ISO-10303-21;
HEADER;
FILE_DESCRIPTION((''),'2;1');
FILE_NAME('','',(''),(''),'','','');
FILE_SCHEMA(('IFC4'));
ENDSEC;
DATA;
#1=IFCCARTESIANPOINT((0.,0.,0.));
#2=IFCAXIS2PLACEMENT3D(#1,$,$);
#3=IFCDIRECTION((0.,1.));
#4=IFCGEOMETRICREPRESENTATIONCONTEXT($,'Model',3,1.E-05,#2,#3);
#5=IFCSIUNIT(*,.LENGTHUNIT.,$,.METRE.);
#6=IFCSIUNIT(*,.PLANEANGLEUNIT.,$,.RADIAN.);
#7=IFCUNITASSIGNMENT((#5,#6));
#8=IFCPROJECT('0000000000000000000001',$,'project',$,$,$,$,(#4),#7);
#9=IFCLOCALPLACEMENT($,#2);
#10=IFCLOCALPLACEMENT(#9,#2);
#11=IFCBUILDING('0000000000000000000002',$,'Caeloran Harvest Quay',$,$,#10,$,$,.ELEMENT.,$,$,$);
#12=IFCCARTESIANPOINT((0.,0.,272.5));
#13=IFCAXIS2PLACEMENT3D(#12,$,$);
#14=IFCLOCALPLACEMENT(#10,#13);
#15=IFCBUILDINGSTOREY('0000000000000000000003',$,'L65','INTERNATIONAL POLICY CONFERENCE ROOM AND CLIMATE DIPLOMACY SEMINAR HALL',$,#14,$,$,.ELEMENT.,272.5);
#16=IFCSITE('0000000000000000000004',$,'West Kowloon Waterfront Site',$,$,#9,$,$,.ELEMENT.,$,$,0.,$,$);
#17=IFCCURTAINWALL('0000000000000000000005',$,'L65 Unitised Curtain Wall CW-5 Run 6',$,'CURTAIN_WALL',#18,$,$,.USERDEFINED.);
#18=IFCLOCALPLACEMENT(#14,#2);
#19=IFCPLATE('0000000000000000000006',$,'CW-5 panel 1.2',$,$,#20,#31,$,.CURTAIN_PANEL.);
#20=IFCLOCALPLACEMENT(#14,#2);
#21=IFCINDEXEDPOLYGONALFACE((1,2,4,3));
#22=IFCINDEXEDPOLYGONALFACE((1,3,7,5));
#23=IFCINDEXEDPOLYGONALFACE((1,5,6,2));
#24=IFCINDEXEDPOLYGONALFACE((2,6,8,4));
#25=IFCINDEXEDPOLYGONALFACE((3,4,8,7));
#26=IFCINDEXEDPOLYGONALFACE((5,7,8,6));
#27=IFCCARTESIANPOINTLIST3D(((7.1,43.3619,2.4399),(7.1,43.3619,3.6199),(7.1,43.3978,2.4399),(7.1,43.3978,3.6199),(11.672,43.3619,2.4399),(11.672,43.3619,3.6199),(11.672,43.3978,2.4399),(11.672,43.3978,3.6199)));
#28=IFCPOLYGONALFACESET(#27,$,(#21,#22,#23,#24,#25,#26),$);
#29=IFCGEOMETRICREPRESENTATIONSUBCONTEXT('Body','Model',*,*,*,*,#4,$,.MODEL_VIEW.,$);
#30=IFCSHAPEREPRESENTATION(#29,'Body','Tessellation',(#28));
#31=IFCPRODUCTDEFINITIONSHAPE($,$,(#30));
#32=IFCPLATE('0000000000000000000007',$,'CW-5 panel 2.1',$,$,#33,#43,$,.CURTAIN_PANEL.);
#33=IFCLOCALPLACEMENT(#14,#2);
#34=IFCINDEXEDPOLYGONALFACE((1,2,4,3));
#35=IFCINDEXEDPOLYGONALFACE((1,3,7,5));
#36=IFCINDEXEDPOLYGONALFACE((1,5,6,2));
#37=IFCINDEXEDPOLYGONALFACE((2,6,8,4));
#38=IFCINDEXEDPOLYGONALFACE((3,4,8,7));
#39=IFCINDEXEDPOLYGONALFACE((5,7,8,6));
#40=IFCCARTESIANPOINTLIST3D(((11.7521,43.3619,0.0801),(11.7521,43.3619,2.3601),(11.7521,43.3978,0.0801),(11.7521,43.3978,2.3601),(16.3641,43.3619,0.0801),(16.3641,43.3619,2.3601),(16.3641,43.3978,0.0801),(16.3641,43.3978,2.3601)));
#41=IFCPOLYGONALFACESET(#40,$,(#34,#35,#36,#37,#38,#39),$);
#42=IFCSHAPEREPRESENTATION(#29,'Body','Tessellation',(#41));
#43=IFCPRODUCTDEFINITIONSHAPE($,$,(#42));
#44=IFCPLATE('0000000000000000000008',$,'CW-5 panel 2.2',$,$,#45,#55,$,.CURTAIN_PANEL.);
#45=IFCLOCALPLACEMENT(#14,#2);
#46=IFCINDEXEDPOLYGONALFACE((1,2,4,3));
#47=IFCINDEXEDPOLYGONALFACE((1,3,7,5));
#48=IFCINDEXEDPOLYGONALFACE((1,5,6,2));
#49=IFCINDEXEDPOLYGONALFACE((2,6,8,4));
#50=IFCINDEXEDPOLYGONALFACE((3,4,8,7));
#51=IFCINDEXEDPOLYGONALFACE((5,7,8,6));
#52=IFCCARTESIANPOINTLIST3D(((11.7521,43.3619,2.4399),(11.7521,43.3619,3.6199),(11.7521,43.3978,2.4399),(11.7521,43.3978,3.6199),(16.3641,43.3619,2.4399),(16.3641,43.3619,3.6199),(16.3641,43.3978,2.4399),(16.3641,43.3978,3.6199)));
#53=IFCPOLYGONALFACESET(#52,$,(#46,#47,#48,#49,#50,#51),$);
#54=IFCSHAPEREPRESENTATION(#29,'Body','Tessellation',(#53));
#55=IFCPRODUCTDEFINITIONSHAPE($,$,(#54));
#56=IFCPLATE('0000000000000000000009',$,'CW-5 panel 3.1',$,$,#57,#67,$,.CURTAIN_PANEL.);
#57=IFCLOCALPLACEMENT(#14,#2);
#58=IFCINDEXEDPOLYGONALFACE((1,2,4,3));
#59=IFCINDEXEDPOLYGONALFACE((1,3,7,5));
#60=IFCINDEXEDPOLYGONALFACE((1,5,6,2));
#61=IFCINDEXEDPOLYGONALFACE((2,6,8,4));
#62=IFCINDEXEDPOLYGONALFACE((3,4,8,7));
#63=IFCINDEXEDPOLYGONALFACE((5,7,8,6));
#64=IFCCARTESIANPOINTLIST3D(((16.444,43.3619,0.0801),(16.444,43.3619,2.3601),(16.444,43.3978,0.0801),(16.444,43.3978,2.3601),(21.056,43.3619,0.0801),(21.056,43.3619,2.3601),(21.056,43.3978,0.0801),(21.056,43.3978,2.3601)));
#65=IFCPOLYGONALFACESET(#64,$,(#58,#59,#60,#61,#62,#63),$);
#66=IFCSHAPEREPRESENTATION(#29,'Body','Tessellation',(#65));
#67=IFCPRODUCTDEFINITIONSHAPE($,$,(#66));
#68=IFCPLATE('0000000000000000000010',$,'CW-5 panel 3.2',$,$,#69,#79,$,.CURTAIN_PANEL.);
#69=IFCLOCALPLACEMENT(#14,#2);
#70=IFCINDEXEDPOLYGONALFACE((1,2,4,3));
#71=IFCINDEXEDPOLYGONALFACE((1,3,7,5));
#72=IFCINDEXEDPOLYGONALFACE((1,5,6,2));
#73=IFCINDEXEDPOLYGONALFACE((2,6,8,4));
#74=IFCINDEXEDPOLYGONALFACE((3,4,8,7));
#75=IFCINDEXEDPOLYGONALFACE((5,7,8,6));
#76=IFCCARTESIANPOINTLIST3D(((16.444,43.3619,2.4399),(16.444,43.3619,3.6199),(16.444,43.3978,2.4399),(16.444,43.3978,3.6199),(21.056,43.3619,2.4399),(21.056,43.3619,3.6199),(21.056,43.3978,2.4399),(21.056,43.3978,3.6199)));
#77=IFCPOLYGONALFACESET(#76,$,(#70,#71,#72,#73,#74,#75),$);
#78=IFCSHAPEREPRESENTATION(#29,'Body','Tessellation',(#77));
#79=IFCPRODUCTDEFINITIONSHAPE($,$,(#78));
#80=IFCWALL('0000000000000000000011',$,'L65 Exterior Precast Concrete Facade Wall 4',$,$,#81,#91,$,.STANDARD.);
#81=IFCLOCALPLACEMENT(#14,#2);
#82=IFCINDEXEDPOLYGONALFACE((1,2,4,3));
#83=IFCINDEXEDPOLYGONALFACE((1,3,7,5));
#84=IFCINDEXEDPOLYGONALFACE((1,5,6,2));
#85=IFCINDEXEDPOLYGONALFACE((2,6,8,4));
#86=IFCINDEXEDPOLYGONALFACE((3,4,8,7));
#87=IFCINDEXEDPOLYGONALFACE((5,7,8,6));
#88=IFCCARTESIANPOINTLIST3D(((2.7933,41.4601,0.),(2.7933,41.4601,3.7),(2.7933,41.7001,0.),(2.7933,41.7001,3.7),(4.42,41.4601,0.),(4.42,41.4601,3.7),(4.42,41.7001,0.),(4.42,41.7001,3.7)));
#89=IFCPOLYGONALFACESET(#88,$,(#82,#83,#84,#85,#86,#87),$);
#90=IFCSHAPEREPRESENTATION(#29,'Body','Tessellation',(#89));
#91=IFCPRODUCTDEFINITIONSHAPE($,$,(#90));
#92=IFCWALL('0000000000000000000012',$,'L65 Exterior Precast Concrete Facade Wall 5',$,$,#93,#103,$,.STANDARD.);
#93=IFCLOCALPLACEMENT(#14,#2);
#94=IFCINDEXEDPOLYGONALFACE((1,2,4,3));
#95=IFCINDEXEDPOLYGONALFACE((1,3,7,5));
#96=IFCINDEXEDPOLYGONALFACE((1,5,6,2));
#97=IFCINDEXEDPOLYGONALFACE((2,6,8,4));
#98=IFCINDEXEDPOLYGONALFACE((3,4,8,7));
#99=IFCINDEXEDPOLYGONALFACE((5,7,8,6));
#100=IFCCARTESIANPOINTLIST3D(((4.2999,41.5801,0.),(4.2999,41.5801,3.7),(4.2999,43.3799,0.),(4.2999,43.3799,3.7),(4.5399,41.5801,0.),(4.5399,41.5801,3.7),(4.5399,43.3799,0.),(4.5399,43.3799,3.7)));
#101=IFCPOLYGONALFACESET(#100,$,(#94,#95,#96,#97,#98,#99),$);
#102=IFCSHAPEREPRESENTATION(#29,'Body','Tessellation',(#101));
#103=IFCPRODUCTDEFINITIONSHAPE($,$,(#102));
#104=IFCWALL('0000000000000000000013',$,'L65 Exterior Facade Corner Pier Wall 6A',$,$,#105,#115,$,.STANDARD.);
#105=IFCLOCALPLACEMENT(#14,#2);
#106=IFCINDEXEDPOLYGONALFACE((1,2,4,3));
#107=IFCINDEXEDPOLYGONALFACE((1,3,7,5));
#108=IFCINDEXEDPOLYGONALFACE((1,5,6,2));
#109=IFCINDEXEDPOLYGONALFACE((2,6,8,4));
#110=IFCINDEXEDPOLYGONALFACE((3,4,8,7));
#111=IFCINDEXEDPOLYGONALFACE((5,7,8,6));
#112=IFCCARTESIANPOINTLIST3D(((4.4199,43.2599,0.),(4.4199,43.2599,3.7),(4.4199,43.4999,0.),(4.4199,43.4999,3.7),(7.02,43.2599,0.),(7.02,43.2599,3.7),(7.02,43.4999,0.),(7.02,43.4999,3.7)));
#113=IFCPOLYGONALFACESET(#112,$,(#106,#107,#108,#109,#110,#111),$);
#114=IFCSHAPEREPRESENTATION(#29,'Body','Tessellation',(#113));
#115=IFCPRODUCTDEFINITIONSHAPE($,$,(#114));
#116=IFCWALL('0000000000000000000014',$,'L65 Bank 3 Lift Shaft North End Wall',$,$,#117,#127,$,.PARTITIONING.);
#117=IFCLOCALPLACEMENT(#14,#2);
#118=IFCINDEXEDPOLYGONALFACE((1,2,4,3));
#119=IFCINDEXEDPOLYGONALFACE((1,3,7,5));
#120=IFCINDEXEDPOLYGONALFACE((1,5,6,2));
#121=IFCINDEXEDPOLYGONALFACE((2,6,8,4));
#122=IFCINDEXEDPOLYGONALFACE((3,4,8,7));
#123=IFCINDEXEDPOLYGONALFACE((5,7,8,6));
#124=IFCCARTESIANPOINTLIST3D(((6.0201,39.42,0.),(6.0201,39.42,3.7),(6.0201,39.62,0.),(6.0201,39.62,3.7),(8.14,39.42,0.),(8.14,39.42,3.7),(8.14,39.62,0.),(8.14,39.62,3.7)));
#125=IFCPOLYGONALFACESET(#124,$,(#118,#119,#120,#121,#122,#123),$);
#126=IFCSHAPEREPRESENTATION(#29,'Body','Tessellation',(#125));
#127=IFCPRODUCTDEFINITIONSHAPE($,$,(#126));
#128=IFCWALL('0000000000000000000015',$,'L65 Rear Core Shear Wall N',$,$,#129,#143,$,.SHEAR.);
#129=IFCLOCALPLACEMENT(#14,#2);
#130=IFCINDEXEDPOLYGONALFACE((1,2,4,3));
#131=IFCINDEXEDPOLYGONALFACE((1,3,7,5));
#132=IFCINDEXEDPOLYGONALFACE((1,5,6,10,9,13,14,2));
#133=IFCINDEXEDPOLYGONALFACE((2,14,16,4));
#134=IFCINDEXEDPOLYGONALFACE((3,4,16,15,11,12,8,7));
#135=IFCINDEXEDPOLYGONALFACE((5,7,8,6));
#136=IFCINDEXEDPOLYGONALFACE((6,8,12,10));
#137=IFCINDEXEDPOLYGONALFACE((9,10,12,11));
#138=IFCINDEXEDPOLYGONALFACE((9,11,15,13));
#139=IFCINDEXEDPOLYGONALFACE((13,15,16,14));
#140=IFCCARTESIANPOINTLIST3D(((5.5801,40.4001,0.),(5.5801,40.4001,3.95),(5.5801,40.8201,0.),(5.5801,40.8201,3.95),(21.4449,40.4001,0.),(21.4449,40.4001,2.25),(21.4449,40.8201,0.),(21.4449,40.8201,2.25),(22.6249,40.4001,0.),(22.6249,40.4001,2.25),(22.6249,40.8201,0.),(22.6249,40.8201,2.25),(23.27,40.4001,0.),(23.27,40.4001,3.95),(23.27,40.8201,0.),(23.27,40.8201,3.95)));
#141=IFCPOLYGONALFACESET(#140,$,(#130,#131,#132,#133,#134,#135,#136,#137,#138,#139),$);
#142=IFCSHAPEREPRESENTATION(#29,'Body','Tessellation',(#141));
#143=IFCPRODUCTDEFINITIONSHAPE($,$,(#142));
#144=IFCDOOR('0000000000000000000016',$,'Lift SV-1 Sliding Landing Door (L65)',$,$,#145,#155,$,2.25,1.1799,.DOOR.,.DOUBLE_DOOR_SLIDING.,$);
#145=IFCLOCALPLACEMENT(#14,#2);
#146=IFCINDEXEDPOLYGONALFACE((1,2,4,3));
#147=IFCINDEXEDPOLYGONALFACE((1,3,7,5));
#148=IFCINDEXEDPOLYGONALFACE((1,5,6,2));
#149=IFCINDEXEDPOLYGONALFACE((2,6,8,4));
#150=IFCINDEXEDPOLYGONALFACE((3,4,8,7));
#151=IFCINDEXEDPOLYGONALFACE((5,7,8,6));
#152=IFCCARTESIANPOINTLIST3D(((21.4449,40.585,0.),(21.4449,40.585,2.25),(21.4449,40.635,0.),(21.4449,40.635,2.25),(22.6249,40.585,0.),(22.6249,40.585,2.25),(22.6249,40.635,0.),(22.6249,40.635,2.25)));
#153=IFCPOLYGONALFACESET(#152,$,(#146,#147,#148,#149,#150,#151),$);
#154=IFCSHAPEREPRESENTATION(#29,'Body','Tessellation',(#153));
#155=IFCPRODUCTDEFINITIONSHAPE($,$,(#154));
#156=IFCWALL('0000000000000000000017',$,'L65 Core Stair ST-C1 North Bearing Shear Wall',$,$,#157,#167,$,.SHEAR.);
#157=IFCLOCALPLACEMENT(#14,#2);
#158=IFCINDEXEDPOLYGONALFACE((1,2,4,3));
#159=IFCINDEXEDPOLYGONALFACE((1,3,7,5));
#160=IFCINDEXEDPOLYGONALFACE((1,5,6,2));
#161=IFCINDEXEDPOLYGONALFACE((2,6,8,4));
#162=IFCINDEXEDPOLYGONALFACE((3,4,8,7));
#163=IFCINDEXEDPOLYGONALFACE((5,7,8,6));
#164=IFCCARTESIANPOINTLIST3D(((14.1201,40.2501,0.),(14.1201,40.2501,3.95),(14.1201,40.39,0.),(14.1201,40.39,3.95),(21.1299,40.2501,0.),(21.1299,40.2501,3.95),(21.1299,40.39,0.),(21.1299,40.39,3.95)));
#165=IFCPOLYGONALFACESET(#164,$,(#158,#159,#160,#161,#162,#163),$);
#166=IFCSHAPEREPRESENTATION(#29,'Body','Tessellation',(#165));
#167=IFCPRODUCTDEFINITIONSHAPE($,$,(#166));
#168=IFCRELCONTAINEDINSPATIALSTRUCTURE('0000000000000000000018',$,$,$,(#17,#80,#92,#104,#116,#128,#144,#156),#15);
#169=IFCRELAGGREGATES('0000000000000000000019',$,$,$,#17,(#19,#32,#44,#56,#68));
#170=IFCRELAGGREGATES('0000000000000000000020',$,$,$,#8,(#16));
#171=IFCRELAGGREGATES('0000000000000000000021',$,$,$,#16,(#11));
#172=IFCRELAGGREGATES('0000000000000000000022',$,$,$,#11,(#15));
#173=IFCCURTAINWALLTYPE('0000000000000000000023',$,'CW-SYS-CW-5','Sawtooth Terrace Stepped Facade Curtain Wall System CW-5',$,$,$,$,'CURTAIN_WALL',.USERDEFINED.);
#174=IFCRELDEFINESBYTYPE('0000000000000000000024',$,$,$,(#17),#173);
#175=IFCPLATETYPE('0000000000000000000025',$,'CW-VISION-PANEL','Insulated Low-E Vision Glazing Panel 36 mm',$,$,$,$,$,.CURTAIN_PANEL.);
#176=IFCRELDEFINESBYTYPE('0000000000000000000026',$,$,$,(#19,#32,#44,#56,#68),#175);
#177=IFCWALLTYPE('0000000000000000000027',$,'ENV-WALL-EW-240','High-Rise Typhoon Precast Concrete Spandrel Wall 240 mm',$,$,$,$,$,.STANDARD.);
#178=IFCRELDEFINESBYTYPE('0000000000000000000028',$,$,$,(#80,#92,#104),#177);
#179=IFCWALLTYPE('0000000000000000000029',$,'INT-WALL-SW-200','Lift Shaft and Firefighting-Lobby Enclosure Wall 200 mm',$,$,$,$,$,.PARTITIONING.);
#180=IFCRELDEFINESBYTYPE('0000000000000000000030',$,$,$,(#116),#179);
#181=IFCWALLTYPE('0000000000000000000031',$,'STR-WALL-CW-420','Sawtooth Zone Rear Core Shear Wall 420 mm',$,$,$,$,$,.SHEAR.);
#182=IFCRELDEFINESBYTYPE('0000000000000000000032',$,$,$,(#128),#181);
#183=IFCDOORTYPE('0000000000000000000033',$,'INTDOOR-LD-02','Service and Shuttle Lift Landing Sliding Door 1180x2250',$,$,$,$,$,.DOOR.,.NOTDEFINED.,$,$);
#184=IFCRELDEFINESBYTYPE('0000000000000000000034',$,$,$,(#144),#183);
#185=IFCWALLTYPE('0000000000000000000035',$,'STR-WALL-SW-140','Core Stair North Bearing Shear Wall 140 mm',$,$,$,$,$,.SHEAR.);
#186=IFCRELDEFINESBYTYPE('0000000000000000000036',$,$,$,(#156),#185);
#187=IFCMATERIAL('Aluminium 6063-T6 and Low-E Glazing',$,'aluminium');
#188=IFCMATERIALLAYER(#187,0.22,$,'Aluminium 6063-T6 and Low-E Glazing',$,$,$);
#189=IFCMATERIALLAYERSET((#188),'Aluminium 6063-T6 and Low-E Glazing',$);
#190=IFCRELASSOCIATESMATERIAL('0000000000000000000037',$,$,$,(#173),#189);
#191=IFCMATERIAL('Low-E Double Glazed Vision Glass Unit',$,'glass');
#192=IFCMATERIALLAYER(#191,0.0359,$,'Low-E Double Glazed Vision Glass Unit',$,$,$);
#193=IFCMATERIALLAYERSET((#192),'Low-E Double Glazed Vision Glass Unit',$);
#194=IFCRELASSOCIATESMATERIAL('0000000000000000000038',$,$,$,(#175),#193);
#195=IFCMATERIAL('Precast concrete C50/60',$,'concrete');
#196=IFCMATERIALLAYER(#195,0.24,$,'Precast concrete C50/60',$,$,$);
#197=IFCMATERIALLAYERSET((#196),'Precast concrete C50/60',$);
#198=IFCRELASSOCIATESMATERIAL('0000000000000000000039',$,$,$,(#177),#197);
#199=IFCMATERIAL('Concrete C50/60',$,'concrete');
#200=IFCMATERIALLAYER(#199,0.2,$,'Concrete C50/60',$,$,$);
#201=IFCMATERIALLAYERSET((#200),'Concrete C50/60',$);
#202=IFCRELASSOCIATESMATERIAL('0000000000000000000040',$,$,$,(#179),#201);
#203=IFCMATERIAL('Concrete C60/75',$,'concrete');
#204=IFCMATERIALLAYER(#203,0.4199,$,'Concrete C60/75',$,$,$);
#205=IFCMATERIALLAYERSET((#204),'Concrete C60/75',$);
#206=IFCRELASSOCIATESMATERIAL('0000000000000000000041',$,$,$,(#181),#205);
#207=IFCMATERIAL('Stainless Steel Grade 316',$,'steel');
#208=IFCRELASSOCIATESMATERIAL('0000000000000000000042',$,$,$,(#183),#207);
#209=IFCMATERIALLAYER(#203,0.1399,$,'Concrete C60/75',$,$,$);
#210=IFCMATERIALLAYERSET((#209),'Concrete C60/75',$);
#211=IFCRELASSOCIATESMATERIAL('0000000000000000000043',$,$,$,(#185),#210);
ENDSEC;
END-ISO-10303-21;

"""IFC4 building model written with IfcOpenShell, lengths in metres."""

from ifc_helpers import new_model, si_unit, direction, frame, frame_2d, origin, origin_2d, place, context, subcontext, project, spatial, rectangle, extrude, material, layer, layer_set, type_object, element, fill, aggregate, save


model = new_model("IFC4")

# Units and contexts
model_context = context("Model", 3, precision=1e-05, world=origin(), true_north=direction((0.0, 1.0)))
body_context = subcontext(model_context, "Body", "Model", "MODEL_VIEW")
ifc_project = project(units=[si_unit("LENGTHUNIT", "METRE"), si_unit("PLANEANGLEUNIT", "RADIAN")], contexts=[model_context])

# Site, building, storey
site_placement = place(None, origin())
site = spatial("IfcSite", under=ifc_project, at=site_placement, Name="West Kowloon Waterfront Site", CompositionType="ELEMENT", RefElevation=0.0)
building_placement = place(site_placement, origin())
building = spatial("IfcBuilding", under=site, at=building_placement, Name="Caeloran Harvest Quay", CompositionType="ELEMENT")
storey_placement = place(building_placement, frame((0.0, 0.0, 272.5)))
storey = spatial("IfcBuildingStorey", under=building, at=storey_placement, Name="L65", Description="INTERNATIONAL POLICY CONFERENCE ROOM AND CLIMATE DIPLOMACY SEMINAR HALL", CompositionType="ELEMENT", Elevation=272.5)

# Curtain wall, plates
ifc_material_1 = material(Name="Aluminium 6063-T6 and Low-E Glazing", Category="aluminium")
ifc_layer_1 = layer(ifc_material_1, 0.22, Name="Aluminium 6063-T6 and Low-E Glazing")
ifc_layer_set_1 = layer_set([ifc_layer_1], Name="Aluminium 6063-T6 and Low-E Glazing")
curtain_wall_type = type_object("IfcCurtainWallType", Name="CW-SYS-CW-5", Description="Sawtooth Terrace Stepped Facade Curtain Wall System CW-5", ElementType="CURTAIN_WALL", PredefinedType="USERDEFINED", material=ifc_layer_set_1)
curtain_wall_placement = place(storey_placement, origin())
curtain_wall = element("IfcCurtainWall", 1, at=curtain_wall_placement, inside=storey, type_object=curtain_wall_type, Name="L65 Unitised Curtain Wall CW-5 Run 6", ObjectType="CURTAIN_WALL", PredefinedType="USERDEFINED")
ifc_material_2 = material(Name="Low-E Double Glazed Vision Glass Unit", Category="glass")
ifc_layer_2 = layer(ifc_material_2, 0.0359, Name="Low-E Double Glazed Vision Glass Unit")
ifc_layer_set_2 = layer_set([ifc_layer_2], Name="Low-E Double Glazed Vision Glass Unit")
plate_type = type_object("IfcPlateType", Name="CW-VISION-PANEL", Description="Insulated Low-E Vision Glazing Panel 36 mm", PredefinedType="CURTAIN_PANEL", material=ifc_layer_set_2)
plate_1_placement = place(storey_placement, frame((9.386, 43.3799, 2.4399), z_axis=(0.0, 0.0, 1.0), x_axis=(1.0, 0.0, 0.0)))
plate_1 = element("IfcPlate", 2, at=plate_1_placement, type_object=plate_type, Name="CW-5 panel 1.2", PredefinedType="CURTAIN_PANEL", context=body_context, shape_type="SweptSolid", body=[
    extrude(rectangle(XDim=4.572, YDim=0.0359, at=origin_2d()), origin(), (0.0, 0.0, 1.0), 1.1799),
])
plate_2_placement = place(storey_placement, frame((14.0581, 43.3799, 0.0801), z_axis=(0.0, 0.0, 1.0), x_axis=(1.0, 0.0, 0.0)))
plate_2 = element("IfcPlate", 3, at=plate_2_placement, type_object=plate_type, Name="CW-5 panel 2.1", PredefinedType="CURTAIN_PANEL", context=body_context, shape_type="SweptSolid", body=[
    extrude(rectangle(XDim=4.6121, YDim=0.0359, at=origin_2d()), origin(), (0.0, 0.0, 1.0), 2.28),
])
plate_3_placement = place(storey_placement, frame((14.0581, 43.3799, 2.4399), z_axis=(0.0, 0.0, 1.0), x_axis=(1.0, 0.0, 0.0)))
plate_3 = element("IfcPlate", 4, at=plate_3_placement, type_object=plate_type, Name="CW-5 panel 2.2", PredefinedType="CURTAIN_PANEL", context=body_context, shape_type="SweptSolid", body=[
    extrude(rectangle(XDim=4.6121, YDim=0.0359, at=origin_2d()), origin(), (0.0, 0.0, 1.0), 1.1799),
])
plate_4_placement = place(storey_placement, frame((18.75, 43.3799, 0.0801), z_axis=(0.0, 0.0, 1.0), x_axis=(1.0, 0.0, 0.0)))
plate_4 = element("IfcPlate", 5, at=plate_4_placement, type_object=plate_type, Name="CW-5 panel 3.1", PredefinedType="CURTAIN_PANEL", context=body_context, shape_type="SweptSolid", body=[
    extrude(rectangle(XDim=4.6121, YDim=0.0359, at=origin_2d()), origin(), (0.0, 0.0, 1.0), 2.28),
])
plate_5_placement = place(storey_placement, frame((18.75, 43.3799, 2.4399), z_axis=(0.0, 0.0, 1.0), x_axis=(1.0, 0.0, 0.0)))
plate_5 = element("IfcPlate", 6, at=plate_5_placement, type_object=plate_type, Name="CW-5 panel 3.2", PredefinedType="CURTAIN_PANEL", context=body_context, shape_type="SweptSolid", body=[
    extrude(rectangle(XDim=4.6121, YDim=0.0359, at=origin_2d()), origin(), (0.0, 0.0, 1.0), 1.1799),
])
aggregate(curtain_wall, [plate_1, plate_2, plate_3, plate_4, plate_5])

# Walls
ifc_material_3 = material(Name="Precast concrete C50/60", Category="concrete")
ifc_layer_3 = layer(ifc_material_3, 0.24, Name="Precast concrete C50/60")
ifc_layer_set_3 = layer_set([ifc_layer_3], Name="Precast concrete C50/60")
wall_type_1 = type_object("IfcWallType", Name="ENV-WALL-EW-240", Description="High-Rise Typhoon Precast Concrete Spandrel Wall 240 mm", PredefinedType="STANDARD", material=ifc_layer_set_3)
wall_1_placement = place(storey_placement, frame((2.7932, 41.5801, 0.0), z_axis=(0.0, 0.0, 1.0), x_axis=(1.0, 0.0, 0.0)))
element("IfcWall", 7, at=wall_1_placement, inside=storey, type_object=wall_type_1, Name="L65 Exterior Precast Concrete Facade Wall 4", PredefinedType="STANDARD", context=body_context, shape_type="SweptSolid", body=[
    extrude(rectangle(XDim=1.6267, YDim=0.24, at=frame_2d((0.8135, 0.0))), origin(), (0.0, 0.0, 1.0), 3.7),
])
wall_2_placement = place(storey_placement, frame((4.4199, 41.5801, 0.0), z_axis=(0.0, 0.0, 1.0), x_axis=(0.0, 1.0, 0.0)))
element("IfcWall", 8, at=wall_2_placement, inside=storey, type_object=wall_type_1, Name="L65 Exterior Precast Concrete Facade Wall 5", PredefinedType="STANDARD", context=body_context, shape_type="SweptSolid", body=[
    extrude(rectangle(XDim=1.7998, YDim=0.24, at=frame_2d((0.8999, 0.0))), origin(), (0.0, 0.0, 1.0), 3.7),
])
wall_3_placement = place(storey_placement, frame((4.4199, 43.3799, 0.0), z_axis=(0.0, 0.0, 1.0), x_axis=(1.0, 0.0, 0.0)))
element("IfcWall", 9, at=wall_3_placement, inside=storey, type_object=wall_type_1, Name="L65 Exterior Facade Corner Pier Wall 6A", PredefinedType="STANDARD", context=body_context, shape_type="SweptSolid", body=[
    extrude(rectangle(XDim=2.6001, YDim=0.24, at=frame_2d((1.3, 0.0))), origin(), (0.0, 0.0, 1.0), 3.7),
])
ifc_material_4 = material(Name="Concrete C50/60", Category="concrete")
ifc_layer_4 = layer(ifc_material_4, 0.2, Name="Concrete C50/60")
ifc_layer_set_4 = layer_set([ifc_layer_4], Name="Concrete C50/60")
wall_type_2 = type_object("IfcWallType", Name="INT-WALL-SW-200", Description="Lift Shaft and Firefighting-Lobby Enclosure Wall 200 mm", PredefinedType="PARTITIONING", material=ifc_layer_set_4)
wall_4_placement = place(storey_placement, frame((6.02, 39.52, 0.0), z_axis=(0.0, 0.0, 1.0), x_axis=(1.0, 0.0, 0.0)))
element("IfcWall", 10, at=wall_4_placement, inside=storey, type_object=wall_type_2, Name="L65 Bank 3 Lift Shaft North End Wall", PredefinedType="PARTITIONING", context=body_context, shape_type="SweptSolid", body=[
    extrude(rectangle(XDim=2.1199, YDim=0.2, at=frame_2d((1.0601, 0.0))), origin(), (0.0, 0.0, 1.0), 3.7),
])

# Wall, opening, door
ifc_material_5 = material(Name="Concrete C60/75", Category="concrete")
ifc_layer_5 = layer(ifc_material_5, 0.4199, Name="Concrete C60/75")
ifc_layer_set_5 = layer_set([ifc_layer_5], Name="Concrete C60/75")
wall_type_3 = type_object("IfcWallType", Name="STR-WALL-CW-420", Description="Sawtooth Zone Rear Core Shear Wall 420 mm", PredefinedType="SHEAR", material=ifc_layer_set_5)
wall_5_placement = place(storey_placement, frame((5.5801, 40.6101, 0.0), z_axis=(0.0, 0.0, 1.0), x_axis=(1.0, 0.0, 0.0)))
wall_5 = element("IfcWall", 11, at=wall_5_placement, inside=storey, type_object=wall_type_3, Name="L65 Rear Core Shear Wall N", PredefinedType="SHEAR", context=body_context, shape_type="SweptSolid", body=[
    extrude(rectangle(XDim=17.6899, YDim=0.4199, at=frame_2d((8.845, 0.0))), origin(), (0.0, 0.0, 1.0), 3.95),
])
opening_placement = place(wall_5_placement, frame((15.865, 0.0, 0.0)))
opening = element("IfcOpeningElement", 12, at=opening_placement, cuts=wall_5, PredefinedType="OPENING", context=body_context, shape_type="SweptSolid", body=[
    extrude(rectangle(XDim=1.1799, YDim=2.25, at=frame_2d((0.5898, 1.125))), frame((0.0, 0.22, 0.0), z_axis=(0.0, -1.0, 0.0), x_axis=(1.0, 0.0, 0.0)), (0.0, 0.0, 1.0), 0.4399),
])
ifc_material_6 = material(Name="Stainless Steel Grade 316", Category="steel")
door_type = type_object("IfcDoorType", Name="INTDOOR-LD-02", Description="Service and Shuttle Lift Landing Sliding Door 1180x2250", OperationType="NOTDEFINED", PredefinedType="DOOR", material=ifc_material_6)
door_placement = place(opening_placement, origin())
door = element("IfcDoor", 13, at=door_placement, inside=storey, type_object=door_type, Name="Lift SV-1 Sliding Landing Door (L65)", OperationType="DOUBLE_DOOR_SLIDING", OverallHeight=2.25, OverallWidth=1.1799, PredefinedType="DOOR", context=body_context, shape_type="SweptSolid", body=[
    extrude(rectangle(XDim=1.1799, YDim=2.25, at=frame_2d((0.5898, 1.125))), frame((0.0, 0.0249, 0.0), z_axis=(0.0, -1.0, 0.0), x_axis=(1.0, 0.0, 0.0)), (0.0, 0.0, 1.0), 0.05),
])
fill(opening, door)

# Wall
ifc_layer_6 = layer(ifc_material_5, 0.1399, Name="Concrete C60/75")
ifc_layer_set_6 = layer_set([ifc_layer_6], Name="Concrete C60/75")
wall_type_4 = type_object("IfcWallType", Name="STR-WALL-SW-140", Description="Core Stair North Bearing Shear Wall 140 mm", PredefinedType="SHEAR", material=ifc_layer_set_6)
wall_6_placement = place(storey_placement, frame((14.1201, 40.3201, 0.0), z_axis=(0.0, 0.0, 1.0), x_axis=(1.0, 0.0, 0.0)))
element("IfcWall", 14, at=wall_6_placement, inside=storey, type_object=wall_type_4, Name="L65 Core Stair ST-C1 North Bearing Shear Wall", PredefinedType="SHEAR", context=body_context, shape_type="SweptSolid", body=[
    extrude(rectangle(XDim=7.0098, YDim=0.1399, at=frame_2d((3.5049, 0.0))), origin(), (0.0, 0.0, 1.0), 3.95),
])

save(model, "model.ifc")
